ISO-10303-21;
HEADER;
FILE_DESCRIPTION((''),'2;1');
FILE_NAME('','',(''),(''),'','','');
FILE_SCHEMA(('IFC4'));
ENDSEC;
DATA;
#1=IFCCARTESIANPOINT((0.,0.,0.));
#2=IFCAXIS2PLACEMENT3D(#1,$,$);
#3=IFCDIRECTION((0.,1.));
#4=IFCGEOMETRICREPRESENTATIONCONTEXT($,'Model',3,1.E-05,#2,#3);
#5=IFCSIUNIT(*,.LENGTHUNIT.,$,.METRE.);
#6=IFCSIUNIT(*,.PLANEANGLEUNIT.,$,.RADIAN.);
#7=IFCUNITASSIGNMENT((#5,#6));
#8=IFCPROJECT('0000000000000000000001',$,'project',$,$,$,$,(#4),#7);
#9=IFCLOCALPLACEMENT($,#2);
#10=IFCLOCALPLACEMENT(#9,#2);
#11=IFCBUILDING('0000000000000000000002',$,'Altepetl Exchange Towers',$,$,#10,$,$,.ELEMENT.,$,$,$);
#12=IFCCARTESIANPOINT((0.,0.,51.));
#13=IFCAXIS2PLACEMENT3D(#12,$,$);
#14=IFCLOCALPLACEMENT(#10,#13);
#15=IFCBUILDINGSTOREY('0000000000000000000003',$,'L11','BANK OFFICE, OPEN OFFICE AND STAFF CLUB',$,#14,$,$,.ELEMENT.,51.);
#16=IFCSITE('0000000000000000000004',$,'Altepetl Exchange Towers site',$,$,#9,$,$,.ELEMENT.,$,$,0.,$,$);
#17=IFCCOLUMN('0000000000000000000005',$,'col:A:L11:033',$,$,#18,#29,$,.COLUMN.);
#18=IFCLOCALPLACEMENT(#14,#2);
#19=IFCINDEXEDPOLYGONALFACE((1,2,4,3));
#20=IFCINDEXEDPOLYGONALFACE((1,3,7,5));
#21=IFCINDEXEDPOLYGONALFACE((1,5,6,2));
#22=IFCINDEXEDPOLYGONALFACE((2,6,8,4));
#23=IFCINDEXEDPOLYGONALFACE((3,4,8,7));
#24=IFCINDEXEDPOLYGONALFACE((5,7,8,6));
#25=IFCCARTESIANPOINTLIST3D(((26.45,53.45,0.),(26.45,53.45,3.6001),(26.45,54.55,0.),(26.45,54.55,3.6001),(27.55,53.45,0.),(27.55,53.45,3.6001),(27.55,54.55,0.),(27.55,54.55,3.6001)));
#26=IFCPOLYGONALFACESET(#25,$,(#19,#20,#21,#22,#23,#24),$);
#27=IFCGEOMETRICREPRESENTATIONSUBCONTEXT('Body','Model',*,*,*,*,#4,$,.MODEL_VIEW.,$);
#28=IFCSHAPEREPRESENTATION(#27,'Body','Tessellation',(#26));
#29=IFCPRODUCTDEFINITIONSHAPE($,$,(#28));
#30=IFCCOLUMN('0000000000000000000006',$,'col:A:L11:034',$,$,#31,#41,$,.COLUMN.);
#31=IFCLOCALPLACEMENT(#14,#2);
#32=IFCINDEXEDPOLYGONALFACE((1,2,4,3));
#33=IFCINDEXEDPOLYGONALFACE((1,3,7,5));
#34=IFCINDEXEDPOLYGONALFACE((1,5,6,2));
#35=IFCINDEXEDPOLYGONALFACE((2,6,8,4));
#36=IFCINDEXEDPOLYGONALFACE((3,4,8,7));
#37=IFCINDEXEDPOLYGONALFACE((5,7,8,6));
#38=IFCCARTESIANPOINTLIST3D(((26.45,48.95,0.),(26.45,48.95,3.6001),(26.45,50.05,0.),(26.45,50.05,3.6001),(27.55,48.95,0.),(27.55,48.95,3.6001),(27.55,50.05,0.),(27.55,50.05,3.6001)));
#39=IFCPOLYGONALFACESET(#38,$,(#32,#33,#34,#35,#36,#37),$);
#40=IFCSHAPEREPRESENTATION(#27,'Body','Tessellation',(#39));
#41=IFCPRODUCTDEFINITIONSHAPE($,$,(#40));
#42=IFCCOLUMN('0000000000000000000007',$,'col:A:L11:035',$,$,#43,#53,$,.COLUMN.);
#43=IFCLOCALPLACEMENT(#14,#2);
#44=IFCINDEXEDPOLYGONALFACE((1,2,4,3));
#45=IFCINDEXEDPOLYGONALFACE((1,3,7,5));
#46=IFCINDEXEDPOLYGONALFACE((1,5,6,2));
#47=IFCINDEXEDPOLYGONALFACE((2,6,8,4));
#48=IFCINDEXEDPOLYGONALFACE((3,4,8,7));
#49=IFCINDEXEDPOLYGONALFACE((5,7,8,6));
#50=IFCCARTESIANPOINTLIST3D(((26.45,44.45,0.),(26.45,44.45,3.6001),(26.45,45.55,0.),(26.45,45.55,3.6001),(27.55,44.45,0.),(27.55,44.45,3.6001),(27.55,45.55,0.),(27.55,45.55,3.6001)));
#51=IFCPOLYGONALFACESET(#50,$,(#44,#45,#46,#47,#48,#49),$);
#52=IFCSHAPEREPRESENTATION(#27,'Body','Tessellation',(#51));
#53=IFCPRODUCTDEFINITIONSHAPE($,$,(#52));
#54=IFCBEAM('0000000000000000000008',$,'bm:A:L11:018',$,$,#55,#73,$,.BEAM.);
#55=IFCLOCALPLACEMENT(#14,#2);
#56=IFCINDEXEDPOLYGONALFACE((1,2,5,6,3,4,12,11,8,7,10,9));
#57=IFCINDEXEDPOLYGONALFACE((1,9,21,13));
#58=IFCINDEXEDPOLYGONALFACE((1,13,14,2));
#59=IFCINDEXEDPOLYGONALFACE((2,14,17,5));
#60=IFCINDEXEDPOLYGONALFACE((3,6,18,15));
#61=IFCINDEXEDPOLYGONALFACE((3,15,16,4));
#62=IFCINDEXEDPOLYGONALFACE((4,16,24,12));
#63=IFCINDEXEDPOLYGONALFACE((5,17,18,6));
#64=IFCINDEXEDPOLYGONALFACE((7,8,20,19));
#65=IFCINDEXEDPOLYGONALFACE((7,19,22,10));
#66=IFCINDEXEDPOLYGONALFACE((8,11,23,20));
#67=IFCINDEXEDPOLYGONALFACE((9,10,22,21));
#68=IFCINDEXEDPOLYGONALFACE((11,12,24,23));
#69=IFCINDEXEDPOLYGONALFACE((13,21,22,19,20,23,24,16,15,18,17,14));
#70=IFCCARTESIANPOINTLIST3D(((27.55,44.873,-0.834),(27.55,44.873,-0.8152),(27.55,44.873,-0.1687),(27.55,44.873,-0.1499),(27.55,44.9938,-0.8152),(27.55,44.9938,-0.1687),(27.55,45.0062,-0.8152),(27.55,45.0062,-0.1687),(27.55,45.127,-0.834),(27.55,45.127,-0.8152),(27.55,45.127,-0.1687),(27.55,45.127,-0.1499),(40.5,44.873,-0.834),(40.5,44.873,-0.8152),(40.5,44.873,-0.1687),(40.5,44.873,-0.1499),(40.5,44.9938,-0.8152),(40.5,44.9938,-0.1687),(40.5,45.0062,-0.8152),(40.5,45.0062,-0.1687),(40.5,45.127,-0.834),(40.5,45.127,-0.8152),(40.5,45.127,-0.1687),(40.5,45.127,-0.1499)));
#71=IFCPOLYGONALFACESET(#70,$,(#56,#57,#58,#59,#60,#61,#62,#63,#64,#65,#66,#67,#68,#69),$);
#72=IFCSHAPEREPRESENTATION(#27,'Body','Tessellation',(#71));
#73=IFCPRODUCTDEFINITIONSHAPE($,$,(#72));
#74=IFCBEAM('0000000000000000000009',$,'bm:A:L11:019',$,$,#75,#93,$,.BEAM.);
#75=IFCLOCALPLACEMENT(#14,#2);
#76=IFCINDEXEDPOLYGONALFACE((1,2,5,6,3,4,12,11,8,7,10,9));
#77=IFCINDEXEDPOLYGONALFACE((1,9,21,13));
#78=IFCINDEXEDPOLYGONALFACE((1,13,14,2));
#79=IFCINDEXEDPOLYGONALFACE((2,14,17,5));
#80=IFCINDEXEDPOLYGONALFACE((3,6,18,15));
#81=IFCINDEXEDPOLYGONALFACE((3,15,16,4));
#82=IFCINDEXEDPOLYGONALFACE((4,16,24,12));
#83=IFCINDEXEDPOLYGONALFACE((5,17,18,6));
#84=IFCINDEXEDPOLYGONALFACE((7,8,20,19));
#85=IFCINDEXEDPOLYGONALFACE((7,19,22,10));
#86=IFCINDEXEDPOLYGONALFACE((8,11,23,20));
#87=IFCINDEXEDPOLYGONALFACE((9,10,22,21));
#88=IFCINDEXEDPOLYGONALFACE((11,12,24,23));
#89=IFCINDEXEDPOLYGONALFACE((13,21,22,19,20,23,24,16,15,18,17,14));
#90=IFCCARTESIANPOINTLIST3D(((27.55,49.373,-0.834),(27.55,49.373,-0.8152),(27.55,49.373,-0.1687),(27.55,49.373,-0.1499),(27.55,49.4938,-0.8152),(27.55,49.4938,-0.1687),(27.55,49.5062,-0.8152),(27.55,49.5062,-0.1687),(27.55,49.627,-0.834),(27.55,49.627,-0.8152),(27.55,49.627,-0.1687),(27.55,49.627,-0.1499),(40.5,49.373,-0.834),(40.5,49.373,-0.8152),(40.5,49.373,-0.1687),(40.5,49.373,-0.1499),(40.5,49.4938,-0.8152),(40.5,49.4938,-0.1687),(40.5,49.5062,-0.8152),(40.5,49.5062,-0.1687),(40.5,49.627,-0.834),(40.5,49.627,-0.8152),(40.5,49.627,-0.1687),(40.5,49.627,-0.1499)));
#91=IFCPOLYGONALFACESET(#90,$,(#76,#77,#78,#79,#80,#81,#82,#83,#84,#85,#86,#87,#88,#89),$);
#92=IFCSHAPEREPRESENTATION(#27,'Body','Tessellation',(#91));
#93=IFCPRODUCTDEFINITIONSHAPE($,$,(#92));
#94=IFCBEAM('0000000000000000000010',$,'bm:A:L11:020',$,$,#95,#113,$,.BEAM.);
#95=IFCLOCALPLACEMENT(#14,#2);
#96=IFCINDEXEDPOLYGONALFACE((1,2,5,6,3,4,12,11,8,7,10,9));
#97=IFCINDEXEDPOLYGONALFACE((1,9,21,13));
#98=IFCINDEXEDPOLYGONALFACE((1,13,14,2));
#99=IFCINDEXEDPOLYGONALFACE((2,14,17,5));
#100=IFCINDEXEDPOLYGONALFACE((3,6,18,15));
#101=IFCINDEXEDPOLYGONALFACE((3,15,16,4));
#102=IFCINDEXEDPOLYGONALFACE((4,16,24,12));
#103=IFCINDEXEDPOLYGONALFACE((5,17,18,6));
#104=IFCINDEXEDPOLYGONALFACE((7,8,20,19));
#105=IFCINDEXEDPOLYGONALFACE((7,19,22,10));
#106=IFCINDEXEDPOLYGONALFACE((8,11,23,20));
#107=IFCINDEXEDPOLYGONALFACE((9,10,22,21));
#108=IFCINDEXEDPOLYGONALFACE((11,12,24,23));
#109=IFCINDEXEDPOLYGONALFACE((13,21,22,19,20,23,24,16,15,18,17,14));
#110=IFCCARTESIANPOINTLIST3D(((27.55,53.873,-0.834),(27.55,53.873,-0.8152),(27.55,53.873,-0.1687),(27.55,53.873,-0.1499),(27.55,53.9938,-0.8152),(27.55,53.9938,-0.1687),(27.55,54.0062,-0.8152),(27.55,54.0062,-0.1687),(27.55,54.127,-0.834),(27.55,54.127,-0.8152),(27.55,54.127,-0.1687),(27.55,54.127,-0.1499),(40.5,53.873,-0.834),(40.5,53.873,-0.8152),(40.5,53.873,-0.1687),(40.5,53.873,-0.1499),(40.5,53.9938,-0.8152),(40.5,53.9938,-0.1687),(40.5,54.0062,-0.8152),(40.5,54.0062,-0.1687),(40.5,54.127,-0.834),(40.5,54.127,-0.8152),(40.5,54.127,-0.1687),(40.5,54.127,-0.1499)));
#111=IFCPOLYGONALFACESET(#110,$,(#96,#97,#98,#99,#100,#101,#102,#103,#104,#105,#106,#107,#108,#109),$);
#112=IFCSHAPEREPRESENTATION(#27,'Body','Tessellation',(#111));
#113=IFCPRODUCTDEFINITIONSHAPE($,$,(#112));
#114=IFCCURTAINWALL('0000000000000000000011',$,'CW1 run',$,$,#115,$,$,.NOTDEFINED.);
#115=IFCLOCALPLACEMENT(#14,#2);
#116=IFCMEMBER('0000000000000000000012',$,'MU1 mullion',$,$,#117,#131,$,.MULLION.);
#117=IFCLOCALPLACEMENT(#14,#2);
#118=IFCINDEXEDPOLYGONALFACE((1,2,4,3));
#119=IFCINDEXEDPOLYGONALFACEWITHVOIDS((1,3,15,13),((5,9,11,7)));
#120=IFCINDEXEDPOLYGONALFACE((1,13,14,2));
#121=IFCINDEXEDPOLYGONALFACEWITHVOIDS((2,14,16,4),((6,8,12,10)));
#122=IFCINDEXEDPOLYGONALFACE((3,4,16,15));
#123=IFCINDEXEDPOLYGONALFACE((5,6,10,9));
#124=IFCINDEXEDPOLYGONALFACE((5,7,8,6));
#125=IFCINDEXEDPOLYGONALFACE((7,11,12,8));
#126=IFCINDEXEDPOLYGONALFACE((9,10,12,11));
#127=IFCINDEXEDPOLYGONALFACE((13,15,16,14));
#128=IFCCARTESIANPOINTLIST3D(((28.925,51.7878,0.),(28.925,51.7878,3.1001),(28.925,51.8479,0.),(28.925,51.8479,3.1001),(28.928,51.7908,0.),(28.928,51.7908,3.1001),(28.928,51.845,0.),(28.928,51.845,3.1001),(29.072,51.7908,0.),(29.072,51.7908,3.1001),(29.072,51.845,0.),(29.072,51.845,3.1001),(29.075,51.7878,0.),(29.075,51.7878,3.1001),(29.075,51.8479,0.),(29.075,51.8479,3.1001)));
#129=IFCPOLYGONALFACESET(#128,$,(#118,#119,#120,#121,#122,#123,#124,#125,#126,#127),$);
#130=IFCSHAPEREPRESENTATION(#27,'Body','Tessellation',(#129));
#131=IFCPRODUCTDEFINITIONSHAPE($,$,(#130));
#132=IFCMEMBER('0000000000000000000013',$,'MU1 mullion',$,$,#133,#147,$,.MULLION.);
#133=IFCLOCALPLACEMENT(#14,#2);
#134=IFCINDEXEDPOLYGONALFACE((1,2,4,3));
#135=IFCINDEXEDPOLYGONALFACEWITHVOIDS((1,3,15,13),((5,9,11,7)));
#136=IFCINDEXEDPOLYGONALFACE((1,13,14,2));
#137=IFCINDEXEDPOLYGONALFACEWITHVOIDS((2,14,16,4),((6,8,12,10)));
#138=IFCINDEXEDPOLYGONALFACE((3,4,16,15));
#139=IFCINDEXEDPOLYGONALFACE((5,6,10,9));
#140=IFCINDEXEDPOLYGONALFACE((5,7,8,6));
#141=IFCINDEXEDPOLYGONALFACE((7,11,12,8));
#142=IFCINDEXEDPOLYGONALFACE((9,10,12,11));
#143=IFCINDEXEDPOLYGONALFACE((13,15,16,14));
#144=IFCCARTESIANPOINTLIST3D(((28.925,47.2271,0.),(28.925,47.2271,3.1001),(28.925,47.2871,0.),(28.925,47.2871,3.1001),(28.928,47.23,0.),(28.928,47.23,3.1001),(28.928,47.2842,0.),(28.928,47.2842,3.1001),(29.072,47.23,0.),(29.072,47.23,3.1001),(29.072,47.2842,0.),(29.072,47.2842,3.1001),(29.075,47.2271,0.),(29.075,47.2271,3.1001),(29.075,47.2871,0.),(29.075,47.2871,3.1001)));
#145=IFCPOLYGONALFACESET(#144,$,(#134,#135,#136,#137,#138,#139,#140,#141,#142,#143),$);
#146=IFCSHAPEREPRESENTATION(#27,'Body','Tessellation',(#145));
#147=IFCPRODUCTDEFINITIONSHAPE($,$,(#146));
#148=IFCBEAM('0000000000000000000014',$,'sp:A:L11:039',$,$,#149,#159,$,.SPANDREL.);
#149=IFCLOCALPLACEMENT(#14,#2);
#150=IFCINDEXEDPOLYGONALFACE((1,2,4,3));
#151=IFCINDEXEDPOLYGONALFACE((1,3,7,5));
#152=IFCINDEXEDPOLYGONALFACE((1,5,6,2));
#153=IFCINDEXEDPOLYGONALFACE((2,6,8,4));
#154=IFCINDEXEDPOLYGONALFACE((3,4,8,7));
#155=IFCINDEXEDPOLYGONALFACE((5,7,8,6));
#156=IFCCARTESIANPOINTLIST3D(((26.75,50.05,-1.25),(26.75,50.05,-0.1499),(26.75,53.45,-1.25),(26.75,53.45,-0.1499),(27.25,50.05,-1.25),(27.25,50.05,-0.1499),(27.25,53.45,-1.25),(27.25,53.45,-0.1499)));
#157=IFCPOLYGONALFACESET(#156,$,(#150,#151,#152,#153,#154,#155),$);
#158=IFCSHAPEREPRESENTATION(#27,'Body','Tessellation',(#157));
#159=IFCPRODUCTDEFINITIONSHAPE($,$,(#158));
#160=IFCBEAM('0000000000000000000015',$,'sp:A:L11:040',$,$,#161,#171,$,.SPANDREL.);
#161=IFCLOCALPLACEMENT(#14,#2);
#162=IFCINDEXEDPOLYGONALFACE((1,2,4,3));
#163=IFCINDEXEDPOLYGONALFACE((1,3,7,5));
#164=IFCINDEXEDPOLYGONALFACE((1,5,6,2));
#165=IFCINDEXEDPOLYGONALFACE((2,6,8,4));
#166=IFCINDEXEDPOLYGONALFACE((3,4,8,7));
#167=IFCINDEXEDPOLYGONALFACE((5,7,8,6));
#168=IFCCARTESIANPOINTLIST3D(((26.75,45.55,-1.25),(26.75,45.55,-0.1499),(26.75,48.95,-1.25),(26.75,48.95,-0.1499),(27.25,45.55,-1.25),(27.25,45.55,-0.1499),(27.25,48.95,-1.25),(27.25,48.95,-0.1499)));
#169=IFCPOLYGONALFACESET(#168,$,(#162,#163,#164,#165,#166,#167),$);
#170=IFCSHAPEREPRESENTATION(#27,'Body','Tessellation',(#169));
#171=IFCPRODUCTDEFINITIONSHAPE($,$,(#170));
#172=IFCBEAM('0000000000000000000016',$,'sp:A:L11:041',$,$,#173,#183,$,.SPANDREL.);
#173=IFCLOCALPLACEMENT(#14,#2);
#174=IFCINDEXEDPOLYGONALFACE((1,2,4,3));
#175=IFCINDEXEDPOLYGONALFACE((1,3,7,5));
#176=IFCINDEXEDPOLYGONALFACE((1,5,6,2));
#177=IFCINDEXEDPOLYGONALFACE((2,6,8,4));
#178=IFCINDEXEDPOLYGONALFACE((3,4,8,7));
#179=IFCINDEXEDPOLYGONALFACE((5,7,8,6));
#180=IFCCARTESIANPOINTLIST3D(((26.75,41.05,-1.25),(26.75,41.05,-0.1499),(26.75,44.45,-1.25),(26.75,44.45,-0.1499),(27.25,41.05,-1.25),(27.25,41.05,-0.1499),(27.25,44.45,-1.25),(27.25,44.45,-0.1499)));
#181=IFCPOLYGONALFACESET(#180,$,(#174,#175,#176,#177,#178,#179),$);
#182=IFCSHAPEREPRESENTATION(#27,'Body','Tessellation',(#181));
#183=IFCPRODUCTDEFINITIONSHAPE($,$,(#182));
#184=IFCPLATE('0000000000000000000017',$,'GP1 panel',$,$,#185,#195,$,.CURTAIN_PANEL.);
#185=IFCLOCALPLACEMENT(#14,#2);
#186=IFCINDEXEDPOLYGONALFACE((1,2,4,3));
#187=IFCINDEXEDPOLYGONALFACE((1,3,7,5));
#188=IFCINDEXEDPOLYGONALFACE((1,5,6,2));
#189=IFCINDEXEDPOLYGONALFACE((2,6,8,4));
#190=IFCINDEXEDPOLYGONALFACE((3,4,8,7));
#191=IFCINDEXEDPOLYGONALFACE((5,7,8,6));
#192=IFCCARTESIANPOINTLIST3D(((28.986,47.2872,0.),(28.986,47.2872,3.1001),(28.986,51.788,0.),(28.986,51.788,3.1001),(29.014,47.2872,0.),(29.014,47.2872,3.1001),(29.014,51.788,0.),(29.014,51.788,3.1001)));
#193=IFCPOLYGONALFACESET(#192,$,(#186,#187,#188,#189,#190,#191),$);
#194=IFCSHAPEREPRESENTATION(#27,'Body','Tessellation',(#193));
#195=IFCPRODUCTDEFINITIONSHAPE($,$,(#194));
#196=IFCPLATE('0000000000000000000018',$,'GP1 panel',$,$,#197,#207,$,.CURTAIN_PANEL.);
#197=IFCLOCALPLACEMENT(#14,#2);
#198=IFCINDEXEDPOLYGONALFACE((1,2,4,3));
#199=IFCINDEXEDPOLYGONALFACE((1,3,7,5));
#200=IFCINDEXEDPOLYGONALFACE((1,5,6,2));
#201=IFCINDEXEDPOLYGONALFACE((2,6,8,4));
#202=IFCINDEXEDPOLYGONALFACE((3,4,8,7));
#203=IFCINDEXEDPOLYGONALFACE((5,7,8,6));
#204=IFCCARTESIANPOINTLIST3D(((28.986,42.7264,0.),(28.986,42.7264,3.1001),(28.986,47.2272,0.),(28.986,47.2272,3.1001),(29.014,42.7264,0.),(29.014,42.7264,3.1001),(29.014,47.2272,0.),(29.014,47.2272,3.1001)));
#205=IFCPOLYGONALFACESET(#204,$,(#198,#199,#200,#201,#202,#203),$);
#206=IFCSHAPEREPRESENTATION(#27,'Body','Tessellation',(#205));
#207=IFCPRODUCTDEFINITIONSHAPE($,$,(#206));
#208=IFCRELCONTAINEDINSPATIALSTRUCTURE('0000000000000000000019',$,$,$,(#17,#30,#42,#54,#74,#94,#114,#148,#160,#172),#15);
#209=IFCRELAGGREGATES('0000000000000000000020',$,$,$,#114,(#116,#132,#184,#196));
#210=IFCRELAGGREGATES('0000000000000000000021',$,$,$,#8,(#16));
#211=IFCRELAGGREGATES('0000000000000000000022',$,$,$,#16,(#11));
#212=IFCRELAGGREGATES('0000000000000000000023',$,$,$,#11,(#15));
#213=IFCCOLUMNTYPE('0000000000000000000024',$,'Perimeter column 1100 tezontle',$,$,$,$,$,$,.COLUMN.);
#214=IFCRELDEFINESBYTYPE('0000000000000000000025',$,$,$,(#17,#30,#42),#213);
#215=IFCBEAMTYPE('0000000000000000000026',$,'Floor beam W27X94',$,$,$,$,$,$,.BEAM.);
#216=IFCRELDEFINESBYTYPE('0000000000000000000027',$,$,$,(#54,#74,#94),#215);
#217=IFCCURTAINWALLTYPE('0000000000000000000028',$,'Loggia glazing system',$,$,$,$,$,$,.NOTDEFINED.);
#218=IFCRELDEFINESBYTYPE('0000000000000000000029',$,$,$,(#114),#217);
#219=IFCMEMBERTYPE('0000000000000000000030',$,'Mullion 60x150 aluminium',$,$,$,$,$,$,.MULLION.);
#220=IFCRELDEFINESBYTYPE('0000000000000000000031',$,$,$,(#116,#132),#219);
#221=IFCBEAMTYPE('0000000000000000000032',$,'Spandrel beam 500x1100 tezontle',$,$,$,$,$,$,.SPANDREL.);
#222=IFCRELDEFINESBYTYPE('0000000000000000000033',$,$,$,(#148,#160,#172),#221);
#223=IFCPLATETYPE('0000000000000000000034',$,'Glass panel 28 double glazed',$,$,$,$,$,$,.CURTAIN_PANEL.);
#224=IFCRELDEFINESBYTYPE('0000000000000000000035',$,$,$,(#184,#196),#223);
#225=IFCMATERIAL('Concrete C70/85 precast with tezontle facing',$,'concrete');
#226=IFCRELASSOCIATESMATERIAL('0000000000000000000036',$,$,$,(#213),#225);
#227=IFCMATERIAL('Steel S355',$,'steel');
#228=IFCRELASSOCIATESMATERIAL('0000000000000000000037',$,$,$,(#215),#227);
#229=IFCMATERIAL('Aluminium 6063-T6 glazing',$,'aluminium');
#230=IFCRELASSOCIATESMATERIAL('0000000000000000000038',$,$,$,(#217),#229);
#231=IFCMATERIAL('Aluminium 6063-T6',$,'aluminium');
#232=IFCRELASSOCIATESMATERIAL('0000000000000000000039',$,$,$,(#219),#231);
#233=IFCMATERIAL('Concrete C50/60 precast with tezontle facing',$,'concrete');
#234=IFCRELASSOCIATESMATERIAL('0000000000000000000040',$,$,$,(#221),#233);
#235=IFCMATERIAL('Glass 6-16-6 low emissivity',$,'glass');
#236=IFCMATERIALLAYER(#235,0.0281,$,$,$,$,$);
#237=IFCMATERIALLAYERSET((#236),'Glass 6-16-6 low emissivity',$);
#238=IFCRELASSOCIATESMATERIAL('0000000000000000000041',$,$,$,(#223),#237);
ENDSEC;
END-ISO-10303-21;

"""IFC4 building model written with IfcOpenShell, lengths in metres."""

from ifc_helpers import new_model, si_unit, direction, frame, origin, origin_2d, place, context, subcontext, project, spatial, rectangle, hollow_rectangle, i_section, extrude, material, layer, layer_set, material_profile, profile_set, type_object, element, aggregate, save


model = new_model("IFC4")

# Units and contexts
model_context = context("Model", 3, precision=1e-05, world=origin(), true_north=direction((0.0, 1.0)))
body_context = subcontext(model_context, "Body", "Model", "MODEL_VIEW")
ifc_project = project(units=[si_unit("LENGTHUNIT", "METRE"), si_unit("PLANEANGLEUNIT", "RADIAN")], contexts=[model_context])

# Site, building, storey
site_placement = place(None, origin())
site = spatial("IfcSite", under=ifc_project, at=site_placement, Name="Altepetl Exchange Towers site", CompositionType="ELEMENT", RefElevation=0.0)
building_placement = place(site_placement, origin())
building = spatial("IfcBuilding", under=site, at=building_placement, Name="Altepetl Exchange Towers", CompositionType="ELEMENT")
storey_placement = place(building_placement, frame((0.0, 0.0, 51.0)))
storey = spatial("IfcBuildingStorey", under=building, at=storey_placement, Name="L11", Description="BANK OFFICE, OPEN OFFICE AND STAFF CLUB", CompositionType="ELEMENT", Elevation=51.0)

# Columns
ifc_material_1 = material(Name="Concrete C70/85 precast with tezontle facing", Category="concrete")
ifc_material_profile_1 = material_profile(ifc_material_1, rectangle(XDim=1.1001, YDim=1.1001, at=origin_2d()), Name="1100 x 1100")
ifc_profile_set_1 = profile_set([ifc_material_profile_1], Name="Concrete C70/85 precast with tezontle facing")
column_type = type_object("IfcColumnType", Name="Perimeter column 1100 tezontle", PredefinedType="COLUMN", material=ifc_profile_set_1)
for number, where, name in (
    (1, (27.0, 54.0, 0.0), "col:A:L11:033"),
    (2, (27.0, 49.5, 0.0), "col:A:L11:034"),
    (3, (27.0, 45.0, 0.0), "col:A:L11:035"),
):
    element("IfcColumn", number, at=place(storey_placement, frame(where)), inside=storey, type_object=column_type, Name=name, PredefinedType="COLUMN", context=body_context, shape_type="SweptSolid", body=[
        extrude(rectangle(XDim=1.1001, YDim=1.1001, at=origin_2d()), origin(), (0.0, 0.0, 1.0), 3.6001),
    ])

# Beams
ifc_material_2 = material(Name="Steel S355", Category="steel")
ifc_material_profile_2 = material_profile(ifc_material_2, i_section(OverallWidth=0.2539, OverallDepth=0.6841, WebThickness=0.0125, FlangeThickness=0.0188, at=origin_2d()), Name="W27X94")
ifc_profile_set_2 = profile_set([ifc_material_profile_2], Name="Steel S355")
beam_type_1 = type_object("IfcBeamType", Name="Floor beam W27X94", PredefinedType="BEAM", material=ifc_profile_set_2)
for number, where, z_axis, x_axis, name in (
    (4, (27.55, 45.0, -0.4919), (1.0, 0.0, 0.0), (0.0, 1.0, 0.0), "bm:A:L11:018"),
    (5, (27.55, 49.5, -0.4919), (1.0, 0.0, 0.0), (0.0, 1.0, 0.0), "bm:A:L11:019"),
    (6, (27.55, 54.0, -0.4919), (1.0, 0.0, 0.0), (0.0, 1.0, 0.0), "bm:A:L11:020"),
):
    element("IfcBeam", number, at=place(storey_placement, frame(where, z_axis=z_axis, x_axis=x_axis)), inside=storey, type_object=beam_type_1, Name=name, PredefinedType="BEAM", context=body_context, shape_type="SweptSolid", body=[
        extrude(i_section(OverallWidth=0.2539, OverallDepth=0.6841, WebThickness=0.0125, FlangeThickness=0.0188, at=origin_2d()), origin(), (0.0, 0.0, 1.0), 12.95),
    ])

# Curtain wall, members
ifc_material_3 = material(Name="Aluminium 6063-T6 glazing", Category="aluminium")
curtain_wall_type = type_object("IfcCurtainWallType", Name="Loggia glazing system", PredefinedType="NOTDEFINED", material=ifc_material_3)
curtain_wall_placement = place(storey_placement, origin())
curtain_wall = element("IfcCurtainWall", 7, at=curtain_wall_placement, inside=storey, type_object=curtain_wall_type, Name="CW1 run", PredefinedType="NOTDEFINED")
ifc_material_4 = material(Name="Aluminium 6063-T6", Category="aluminium")
ifc_material_profile_3 = material_profile(ifc_material_4, hollow_rectangle(XDim=0.0601, YDim=0.1499, WallThickness=0.0029, at=origin_2d()), Name="Mullion 60x150 aluminium")
ifc_profile_set_3 = profile_set([ifc_material_profile_3], Name="Aluminium 6063-T6")
member_type = type_object("IfcMemberType", Name="Mullion 60x150 aluminium", PredefinedType="MULLION", material=ifc_profile_set_3)
member_1_placement = place(storey_placement, frame((29.0, 51.8179, 0.0), z_axis=(0.0, 0.0, 1.0), x_axis=(0.0, -1.0, 0.0)))
member_1 = element("IfcMember", 8, at=member_1_placement, type_object=member_type, Name="MU1 mullion", PredefinedType="MULLION", context=body_context, shape_type="SweptSolid", body=[
    extrude(hollow_rectangle(XDim=0.0601, YDim=0.1499, WallThickness=0.0029, at=origin_2d()), origin(), (0.0, 0.0, 1.0), 3.1001),
])
member_2_placement = place(storey_placement, frame((29.0, 47.2571, 0.0), z_axis=(0.0, 0.0, 1.0), x_axis=(0.0, -1.0, 0.0)))
member_2 = element("IfcMember", 9, at=member_2_placement, type_object=member_type, Name="MU1 mullion", PredefinedType="MULLION", context=body_context, shape_type="SweptSolid", body=[
    extrude(hollow_rectangle(XDim=0.0601, YDim=0.1499, WallThickness=0.0029, at=origin_2d()), origin(), (0.0, 0.0, 1.0), 3.1001),
])

# Beams
ifc_material_5 = material(Name="Concrete C50/60 precast with tezontle facing", Category="concrete")
ifc_material_profile_4 = material_profile(ifc_material_5, rectangle(XDim=0.5, YDim=1.1001, at=origin_2d()), Name="500 x 1100")
ifc_profile_set_4 = profile_set([ifc_material_profile_4], Name="Concrete C50/60 precast with tezontle facing")
beam_type_2 = type_object("IfcBeamType", Name="Spandrel beam 500x1100 tezontle", PredefinedType="SPANDREL", material=ifc_profile_set_4)
for number, where, z_axis, x_axis, name in (
    (10, (27.0, 53.45, -0.7), (0.0, -1.0, 0.0), (1.0, 0.0, 0.0), "sp:A:L11:039"),
    (11, (27.0, 48.95, -0.7), (0.0, -1.0, 0.0), (1.0, 0.0, 0.0), "sp:A:L11:040"),
    (12, (27.0, 44.45, -0.7), (0.0, -1.0, 0.0), (1.0, 0.0, 0.0), "sp:A:L11:041"),
):
    element("IfcBeam", number, at=place(storey_placement, frame(where, z_axis=z_axis, x_axis=x_axis)), inside=storey, type_object=beam_type_2, Name=name, PredefinedType="SPANDREL", context=body_context, shape_type="SweptSolid", body=[
        extrude(rectangle(XDim=0.5, YDim=1.1001, at=origin_2d()), origin(), (0.0, 0.0, 1.0), 3.3999),
    ])

# Plates
ifc_material_6 = material(Name="Glass 6-16-6 low emissivity", Category="glass")
ifc_layer_1 = layer(ifc_material_6, 0.0281)
ifc_layer_set_1 = layer_set([ifc_layer_1], Name="Glass 6-16-6 low emissivity")
plate_type = type_object("IfcPlateType", Name="Glass panel 28 double glazed", PredefinedType="CURTAIN_PANEL", material=ifc_layer_set_1)
plate_1_placement = place(storey_placement, frame((29.0, 49.5376, 0.0), z_axis=(0.0, 0.0, 1.0), x_axis=(0.0, -1.0, 0.0)))
plate_1 = element("IfcPlate", 13, at=plate_1_placement, type_object=plate_type, Name="GP1 panel", PredefinedType="CURTAIN_PANEL", context=body_context, shape_type="SweptSolid", body=[
    extrude(rectangle(XDim=4.5007, YDim=0.0281, at=origin_2d()), origin(), (0.0, 0.0, 1.0), 3.1001),
])
plate_2_placement = place(storey_placement, frame((29.0, 44.9768, 0.0), z_axis=(0.0, 0.0, 1.0), x_axis=(0.0, -1.0, 0.0)))
plate_2 = element("IfcPlate", 14, at=plate_2_placement, type_object=plate_type, Name="GP1 panel", PredefinedType="CURTAIN_PANEL", context=body_context, shape_type="SweptSolid", body=[
    extrude(rectangle(XDim=4.5007, YDim=0.0281, at=origin_2d()), origin(), (0.0, 0.0, 1.0), 3.1001),
])
aggregate(curtain_wall, [member_1, member_2, plate_1, plate_2])

save(model, "model.ifc")
